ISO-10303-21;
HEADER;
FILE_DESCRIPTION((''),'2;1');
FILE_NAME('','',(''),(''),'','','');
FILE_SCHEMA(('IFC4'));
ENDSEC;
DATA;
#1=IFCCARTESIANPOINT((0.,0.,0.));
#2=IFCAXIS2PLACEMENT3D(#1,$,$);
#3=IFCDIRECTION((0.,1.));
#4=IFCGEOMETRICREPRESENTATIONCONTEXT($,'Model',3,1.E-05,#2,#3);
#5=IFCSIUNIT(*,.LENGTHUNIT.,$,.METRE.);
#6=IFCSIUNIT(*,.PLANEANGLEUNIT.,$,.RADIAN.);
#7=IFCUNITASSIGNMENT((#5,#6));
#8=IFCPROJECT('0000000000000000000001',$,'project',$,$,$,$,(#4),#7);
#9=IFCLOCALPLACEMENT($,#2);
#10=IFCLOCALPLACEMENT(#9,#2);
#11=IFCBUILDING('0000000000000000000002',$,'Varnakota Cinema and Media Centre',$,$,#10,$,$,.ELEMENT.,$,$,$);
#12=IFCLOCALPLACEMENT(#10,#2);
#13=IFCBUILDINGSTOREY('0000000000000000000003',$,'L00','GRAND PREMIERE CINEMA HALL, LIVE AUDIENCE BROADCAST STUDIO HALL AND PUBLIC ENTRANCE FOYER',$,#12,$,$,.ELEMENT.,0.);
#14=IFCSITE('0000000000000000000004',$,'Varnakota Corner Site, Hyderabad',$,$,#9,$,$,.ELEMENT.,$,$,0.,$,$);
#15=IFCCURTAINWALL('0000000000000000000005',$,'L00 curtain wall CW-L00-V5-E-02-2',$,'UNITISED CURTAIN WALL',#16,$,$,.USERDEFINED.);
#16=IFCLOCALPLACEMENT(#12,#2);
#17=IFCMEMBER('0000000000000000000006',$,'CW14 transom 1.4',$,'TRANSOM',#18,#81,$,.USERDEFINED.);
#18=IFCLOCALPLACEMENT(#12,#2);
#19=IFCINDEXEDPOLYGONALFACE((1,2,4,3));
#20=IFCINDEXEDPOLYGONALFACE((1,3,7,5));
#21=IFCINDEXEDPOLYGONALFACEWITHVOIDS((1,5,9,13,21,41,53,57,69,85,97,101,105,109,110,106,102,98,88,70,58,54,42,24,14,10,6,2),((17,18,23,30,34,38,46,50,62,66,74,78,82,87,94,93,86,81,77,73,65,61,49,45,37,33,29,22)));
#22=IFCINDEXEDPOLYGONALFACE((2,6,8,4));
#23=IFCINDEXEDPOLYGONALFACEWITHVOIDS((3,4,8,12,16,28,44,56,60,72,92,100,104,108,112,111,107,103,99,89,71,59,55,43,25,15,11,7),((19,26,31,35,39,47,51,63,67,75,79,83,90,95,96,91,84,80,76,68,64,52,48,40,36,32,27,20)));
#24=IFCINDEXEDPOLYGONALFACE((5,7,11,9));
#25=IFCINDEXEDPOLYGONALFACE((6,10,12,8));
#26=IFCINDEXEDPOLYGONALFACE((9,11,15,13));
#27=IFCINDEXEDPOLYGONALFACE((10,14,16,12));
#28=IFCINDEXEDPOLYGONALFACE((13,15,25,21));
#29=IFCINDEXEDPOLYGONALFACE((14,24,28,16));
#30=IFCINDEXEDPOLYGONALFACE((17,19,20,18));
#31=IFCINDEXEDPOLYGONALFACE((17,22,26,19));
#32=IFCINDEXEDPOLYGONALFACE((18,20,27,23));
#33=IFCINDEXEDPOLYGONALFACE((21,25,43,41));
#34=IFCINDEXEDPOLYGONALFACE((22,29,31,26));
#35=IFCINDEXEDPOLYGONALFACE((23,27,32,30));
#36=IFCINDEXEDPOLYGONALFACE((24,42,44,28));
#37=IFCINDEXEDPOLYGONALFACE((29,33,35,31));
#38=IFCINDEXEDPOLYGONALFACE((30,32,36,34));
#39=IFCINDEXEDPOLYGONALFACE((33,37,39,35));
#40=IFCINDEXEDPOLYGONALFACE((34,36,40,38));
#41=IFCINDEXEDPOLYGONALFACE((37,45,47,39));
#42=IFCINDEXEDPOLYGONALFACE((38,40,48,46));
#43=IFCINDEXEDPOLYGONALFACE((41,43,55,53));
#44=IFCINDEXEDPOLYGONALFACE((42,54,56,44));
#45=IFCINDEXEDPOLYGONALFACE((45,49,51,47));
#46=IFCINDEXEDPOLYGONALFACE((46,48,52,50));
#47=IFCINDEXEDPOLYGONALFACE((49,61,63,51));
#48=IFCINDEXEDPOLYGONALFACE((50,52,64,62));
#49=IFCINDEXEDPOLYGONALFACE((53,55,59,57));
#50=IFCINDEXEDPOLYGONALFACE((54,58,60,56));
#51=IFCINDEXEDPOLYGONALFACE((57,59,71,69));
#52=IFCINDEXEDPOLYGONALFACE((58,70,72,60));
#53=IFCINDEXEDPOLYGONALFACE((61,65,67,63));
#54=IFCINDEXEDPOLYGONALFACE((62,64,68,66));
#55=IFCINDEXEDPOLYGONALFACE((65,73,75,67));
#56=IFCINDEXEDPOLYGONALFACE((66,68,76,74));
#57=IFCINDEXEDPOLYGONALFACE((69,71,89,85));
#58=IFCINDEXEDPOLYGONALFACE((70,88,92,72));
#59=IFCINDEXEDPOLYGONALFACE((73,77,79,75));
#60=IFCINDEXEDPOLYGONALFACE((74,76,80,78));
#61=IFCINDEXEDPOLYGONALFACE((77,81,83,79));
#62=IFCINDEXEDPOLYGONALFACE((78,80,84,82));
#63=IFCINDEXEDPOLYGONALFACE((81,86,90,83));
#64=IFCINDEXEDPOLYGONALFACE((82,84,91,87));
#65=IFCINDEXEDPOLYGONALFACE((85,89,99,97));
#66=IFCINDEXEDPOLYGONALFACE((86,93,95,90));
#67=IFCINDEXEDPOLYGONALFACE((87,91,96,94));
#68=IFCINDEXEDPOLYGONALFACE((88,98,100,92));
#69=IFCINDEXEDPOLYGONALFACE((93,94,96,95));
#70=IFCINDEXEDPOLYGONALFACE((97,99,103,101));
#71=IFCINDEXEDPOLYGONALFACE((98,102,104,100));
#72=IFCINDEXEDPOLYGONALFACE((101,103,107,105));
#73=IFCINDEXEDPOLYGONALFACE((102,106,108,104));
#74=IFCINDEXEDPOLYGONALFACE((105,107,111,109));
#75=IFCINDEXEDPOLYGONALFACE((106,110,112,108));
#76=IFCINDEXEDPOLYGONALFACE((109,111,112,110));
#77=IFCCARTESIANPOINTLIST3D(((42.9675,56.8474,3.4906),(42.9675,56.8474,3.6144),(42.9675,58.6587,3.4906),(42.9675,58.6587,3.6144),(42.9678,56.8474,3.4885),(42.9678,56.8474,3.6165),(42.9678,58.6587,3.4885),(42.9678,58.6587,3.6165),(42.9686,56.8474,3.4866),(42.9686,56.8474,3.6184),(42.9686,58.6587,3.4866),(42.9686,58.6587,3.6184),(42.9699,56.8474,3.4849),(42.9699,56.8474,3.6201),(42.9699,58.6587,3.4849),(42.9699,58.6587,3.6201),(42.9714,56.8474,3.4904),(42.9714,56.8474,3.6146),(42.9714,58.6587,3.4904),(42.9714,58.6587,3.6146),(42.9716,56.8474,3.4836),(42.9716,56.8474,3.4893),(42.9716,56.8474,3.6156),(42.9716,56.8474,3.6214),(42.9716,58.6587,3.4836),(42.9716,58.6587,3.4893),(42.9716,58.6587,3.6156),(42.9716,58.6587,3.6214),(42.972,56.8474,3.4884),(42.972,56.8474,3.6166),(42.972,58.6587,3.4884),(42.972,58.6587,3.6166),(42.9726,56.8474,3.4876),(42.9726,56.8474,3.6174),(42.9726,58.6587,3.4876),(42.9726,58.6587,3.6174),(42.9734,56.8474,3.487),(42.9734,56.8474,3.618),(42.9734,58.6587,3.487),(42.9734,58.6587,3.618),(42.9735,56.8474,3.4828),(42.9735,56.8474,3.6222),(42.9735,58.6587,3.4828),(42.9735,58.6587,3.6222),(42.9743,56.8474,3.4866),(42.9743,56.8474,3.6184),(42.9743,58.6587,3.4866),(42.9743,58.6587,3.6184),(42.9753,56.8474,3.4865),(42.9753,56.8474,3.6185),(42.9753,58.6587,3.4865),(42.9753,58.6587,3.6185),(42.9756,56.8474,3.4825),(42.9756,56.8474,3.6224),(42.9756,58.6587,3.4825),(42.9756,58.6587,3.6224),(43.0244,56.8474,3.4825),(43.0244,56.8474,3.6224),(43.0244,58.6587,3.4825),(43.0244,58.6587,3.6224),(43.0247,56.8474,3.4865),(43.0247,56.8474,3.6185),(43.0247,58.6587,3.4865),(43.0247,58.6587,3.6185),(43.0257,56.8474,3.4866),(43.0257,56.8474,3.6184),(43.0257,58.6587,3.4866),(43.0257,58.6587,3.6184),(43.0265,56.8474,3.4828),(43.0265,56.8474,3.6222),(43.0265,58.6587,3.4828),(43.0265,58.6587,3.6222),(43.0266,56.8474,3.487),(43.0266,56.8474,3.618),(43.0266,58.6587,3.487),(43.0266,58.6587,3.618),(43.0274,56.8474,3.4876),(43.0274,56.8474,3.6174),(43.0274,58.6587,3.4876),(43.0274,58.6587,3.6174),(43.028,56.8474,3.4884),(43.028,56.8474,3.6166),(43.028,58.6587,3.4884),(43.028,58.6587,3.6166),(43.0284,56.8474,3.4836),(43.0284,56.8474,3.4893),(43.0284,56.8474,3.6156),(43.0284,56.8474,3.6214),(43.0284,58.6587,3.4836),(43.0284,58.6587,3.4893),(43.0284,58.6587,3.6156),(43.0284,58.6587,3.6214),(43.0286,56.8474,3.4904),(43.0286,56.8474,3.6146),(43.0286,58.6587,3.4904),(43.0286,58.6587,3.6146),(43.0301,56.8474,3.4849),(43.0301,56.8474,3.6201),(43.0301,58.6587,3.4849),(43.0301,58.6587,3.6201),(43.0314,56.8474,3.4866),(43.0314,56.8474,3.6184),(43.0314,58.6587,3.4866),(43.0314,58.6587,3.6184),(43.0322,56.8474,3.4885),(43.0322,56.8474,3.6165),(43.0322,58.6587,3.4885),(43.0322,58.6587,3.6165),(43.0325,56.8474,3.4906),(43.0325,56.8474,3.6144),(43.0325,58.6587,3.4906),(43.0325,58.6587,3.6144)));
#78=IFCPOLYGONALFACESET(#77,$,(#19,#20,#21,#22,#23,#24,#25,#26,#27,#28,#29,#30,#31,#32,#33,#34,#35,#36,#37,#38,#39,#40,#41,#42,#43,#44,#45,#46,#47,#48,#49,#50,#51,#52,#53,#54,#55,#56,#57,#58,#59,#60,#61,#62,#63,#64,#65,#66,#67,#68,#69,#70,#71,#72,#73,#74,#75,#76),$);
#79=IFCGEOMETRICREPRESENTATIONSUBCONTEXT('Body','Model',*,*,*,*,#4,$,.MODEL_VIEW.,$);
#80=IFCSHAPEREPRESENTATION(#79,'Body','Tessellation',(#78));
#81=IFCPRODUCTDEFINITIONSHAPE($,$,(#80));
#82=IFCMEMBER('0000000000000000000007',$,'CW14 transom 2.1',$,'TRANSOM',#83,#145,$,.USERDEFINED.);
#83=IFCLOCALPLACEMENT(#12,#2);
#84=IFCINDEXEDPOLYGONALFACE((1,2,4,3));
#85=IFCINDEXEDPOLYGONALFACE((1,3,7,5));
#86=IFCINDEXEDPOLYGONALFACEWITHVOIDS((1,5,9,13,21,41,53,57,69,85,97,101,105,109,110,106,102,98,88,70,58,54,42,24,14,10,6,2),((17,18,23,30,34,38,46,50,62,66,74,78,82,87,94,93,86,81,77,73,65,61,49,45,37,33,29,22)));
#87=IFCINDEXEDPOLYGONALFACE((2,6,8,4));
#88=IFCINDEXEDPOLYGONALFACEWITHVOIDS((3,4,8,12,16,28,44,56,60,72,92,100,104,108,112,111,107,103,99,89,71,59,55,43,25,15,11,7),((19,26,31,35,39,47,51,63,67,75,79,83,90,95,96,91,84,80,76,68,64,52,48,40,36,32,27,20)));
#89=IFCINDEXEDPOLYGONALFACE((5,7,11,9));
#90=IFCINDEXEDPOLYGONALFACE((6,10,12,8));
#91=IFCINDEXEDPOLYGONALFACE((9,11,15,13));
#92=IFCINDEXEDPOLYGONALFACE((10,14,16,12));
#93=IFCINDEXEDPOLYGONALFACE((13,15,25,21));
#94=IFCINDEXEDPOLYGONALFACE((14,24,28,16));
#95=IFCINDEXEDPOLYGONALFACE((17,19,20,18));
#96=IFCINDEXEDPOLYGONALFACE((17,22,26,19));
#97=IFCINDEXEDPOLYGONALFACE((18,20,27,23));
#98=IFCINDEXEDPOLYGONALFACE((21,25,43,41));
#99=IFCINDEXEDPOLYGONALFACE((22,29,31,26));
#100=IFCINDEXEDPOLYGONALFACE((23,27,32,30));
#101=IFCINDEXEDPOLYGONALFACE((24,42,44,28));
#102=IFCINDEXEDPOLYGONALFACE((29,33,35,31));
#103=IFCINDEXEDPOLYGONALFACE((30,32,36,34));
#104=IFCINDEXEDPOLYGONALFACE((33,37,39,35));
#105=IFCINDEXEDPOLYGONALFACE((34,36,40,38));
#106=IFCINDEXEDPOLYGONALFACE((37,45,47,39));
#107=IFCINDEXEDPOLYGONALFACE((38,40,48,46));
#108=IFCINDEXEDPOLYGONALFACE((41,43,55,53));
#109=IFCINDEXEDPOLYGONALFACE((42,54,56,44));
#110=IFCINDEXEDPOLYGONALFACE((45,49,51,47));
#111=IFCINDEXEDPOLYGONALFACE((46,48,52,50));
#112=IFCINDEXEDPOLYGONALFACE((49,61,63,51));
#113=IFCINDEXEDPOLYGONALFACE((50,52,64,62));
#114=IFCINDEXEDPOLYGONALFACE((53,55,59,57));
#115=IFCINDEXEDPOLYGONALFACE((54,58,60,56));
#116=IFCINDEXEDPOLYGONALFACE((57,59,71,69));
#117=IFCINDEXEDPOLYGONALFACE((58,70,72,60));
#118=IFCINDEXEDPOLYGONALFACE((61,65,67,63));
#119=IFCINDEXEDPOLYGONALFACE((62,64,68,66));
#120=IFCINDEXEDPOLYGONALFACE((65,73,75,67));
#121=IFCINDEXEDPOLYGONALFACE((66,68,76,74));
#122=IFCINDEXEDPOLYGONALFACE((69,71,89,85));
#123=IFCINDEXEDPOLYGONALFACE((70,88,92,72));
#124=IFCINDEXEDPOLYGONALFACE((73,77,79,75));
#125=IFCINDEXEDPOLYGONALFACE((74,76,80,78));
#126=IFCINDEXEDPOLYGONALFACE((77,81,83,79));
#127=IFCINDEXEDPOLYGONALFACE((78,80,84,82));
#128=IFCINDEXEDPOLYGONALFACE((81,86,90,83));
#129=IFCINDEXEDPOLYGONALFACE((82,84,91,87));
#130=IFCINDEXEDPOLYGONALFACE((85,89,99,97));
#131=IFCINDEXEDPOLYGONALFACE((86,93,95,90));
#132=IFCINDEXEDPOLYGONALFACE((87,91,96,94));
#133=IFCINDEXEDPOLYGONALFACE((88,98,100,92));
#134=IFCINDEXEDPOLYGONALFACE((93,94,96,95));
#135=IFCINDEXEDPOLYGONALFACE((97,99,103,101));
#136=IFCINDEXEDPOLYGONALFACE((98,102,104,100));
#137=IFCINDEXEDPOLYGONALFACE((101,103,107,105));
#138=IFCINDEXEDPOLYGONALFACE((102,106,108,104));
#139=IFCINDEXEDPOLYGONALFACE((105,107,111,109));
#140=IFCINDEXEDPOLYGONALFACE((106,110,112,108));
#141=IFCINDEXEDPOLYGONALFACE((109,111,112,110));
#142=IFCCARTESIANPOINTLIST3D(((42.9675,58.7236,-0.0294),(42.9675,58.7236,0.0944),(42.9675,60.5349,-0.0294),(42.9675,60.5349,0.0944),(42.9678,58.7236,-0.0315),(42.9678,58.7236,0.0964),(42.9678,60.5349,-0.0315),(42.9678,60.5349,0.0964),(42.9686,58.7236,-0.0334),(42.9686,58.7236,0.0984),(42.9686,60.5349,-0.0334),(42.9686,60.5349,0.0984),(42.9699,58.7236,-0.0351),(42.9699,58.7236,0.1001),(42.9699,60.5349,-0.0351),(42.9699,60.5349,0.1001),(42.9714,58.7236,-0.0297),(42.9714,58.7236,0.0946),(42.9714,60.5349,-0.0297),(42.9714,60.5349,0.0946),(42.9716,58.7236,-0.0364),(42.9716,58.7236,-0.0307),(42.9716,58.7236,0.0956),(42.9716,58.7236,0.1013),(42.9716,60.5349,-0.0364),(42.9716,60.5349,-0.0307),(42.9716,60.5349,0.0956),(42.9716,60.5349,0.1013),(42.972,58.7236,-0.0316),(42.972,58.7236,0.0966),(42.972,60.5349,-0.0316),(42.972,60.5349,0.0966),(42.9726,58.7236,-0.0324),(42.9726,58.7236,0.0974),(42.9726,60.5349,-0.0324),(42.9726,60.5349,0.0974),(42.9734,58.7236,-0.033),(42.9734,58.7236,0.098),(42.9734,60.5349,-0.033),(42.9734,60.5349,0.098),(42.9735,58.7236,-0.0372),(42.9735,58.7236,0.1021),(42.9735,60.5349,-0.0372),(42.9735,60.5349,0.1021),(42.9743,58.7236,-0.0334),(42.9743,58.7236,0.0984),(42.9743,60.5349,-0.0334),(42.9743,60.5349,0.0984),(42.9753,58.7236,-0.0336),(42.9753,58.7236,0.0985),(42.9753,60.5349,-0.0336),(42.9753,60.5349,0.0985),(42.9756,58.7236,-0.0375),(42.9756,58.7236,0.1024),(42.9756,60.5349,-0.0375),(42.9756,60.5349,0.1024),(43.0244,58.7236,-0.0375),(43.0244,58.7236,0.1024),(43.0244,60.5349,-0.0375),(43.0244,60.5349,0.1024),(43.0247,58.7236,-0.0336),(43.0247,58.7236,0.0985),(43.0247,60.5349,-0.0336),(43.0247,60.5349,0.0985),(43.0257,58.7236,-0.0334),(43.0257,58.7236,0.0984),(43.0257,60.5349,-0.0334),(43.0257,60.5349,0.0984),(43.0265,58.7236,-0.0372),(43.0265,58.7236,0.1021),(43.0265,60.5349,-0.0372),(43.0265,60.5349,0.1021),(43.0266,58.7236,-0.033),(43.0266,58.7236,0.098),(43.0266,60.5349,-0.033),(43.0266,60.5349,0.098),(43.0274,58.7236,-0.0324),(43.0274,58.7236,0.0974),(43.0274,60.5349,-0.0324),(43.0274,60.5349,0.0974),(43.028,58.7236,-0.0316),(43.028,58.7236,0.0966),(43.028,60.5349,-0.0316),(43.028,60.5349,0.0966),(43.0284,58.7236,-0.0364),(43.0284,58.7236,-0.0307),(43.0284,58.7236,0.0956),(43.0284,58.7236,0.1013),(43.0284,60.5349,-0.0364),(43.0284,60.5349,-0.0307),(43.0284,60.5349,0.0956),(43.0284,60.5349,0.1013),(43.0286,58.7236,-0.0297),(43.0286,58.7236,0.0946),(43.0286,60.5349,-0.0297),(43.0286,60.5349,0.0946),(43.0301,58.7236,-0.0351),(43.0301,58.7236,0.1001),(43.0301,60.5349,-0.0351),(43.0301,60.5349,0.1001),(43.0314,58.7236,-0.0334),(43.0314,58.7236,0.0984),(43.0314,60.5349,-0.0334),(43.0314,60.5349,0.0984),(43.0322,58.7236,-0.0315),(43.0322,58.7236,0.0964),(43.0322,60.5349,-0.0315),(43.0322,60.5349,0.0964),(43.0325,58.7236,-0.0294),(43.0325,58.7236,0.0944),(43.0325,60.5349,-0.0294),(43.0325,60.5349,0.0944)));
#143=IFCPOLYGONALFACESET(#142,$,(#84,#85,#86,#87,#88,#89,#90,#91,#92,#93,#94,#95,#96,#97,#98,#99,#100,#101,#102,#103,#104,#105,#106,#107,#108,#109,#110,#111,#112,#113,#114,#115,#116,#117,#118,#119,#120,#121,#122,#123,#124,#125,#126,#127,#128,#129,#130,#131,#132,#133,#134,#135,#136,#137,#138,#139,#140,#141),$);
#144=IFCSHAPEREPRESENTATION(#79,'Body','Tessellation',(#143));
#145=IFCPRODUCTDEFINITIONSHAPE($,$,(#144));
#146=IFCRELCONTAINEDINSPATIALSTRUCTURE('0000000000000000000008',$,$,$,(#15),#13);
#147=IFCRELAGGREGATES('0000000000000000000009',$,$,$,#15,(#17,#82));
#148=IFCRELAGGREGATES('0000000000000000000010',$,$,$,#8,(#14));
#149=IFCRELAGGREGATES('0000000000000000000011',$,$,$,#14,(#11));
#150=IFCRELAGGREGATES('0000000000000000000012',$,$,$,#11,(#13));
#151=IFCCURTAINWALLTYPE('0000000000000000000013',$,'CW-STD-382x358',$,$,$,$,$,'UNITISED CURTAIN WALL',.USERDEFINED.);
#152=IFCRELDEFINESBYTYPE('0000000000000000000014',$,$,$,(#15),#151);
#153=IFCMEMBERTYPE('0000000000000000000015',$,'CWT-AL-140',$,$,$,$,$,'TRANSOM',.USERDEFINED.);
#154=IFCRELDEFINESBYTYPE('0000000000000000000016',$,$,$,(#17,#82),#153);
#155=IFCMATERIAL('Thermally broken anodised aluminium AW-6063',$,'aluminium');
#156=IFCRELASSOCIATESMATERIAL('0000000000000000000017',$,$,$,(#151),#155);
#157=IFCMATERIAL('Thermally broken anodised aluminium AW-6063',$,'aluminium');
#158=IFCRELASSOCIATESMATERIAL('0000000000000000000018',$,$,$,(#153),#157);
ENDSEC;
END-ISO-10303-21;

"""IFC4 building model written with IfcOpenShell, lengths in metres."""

from ifc_helpers import new_model, si_unit, direction, frame, origin, origin_2d, place, context, subcontext, project, spatial, hollow_rectangle, extrude, material, material_profile, profile_set, type_object, element, aggregate, save


model = new_model("IFC4")

# Units and contexts
model_context = context("Model", 3, precision=1e-05, world=origin(), true_north=direction((0.0, 1.0)))
body_context = subcontext(model_context, "Body", "Model", "MODEL_VIEW")
ifc_project = project(units=[si_unit("LENGTHUNIT", "METRE"), si_unit("PLANEANGLEUNIT", "RADIAN")], contexts=[model_context])

# Site, building, storey
site_placement = place(None, origin())
site = spatial("IfcSite", under=ifc_project, at=site_placement, Name="Varnakota Corner Site, Hyderabad", CompositionType="ELEMENT", RefElevation=0.0)
building_placement = place(site_placement, origin())
building = spatial("IfcBuilding", under=site, at=building_placement, Name="Varnakota Cinema and Media Centre", CompositionType="ELEMENT")
storey_placement = place(building_placement, origin())
storey = spatial("IfcBuildingStorey", under=building, at=storey_placement, Name="L00", Description="GRAND PREMIERE CINEMA HALL, LIVE AUDIENCE BROADCAST STUDIO HALL AND PUBLIC ENTRANCE FOYER", CompositionType="ELEMENT", Elevation=0.0)

# Shared definitions
ifc_material_1 = material(Name="Thermally broken anodised aluminium AW-6063", Category="aluminium")
curtain_wall_type = type_object("IfcCurtainWallType", Name="CW-STD-382x358", ElementType="UNITISED CURTAIN WALL", PredefinedType="USERDEFINED", material=ifc_material_1)

# Curtain wall
curtain_wall_1_placement = place(storey_placement, origin())
curtain_wall_1 = element("IfcCurtainWall", 1, at=curtain_wall_1_placement, inside=storey, type_object=curtain_wall_type, Name="L00 curtain wall CW-L00-V5-E-02-2", ObjectType="UNITISED CURTAIN WALL", PredefinedType="USERDEFINED")

# Members
ifc_material_2 = material(Name="Thermally broken anodised aluminium AW-6063", Category="aluminium")
ifc_material_profile_1 = material_profile(ifc_material_2, hollow_rectangle(XDim=0.0649, YDim=0.1399, WallThickness=0.0039, InnerFilletRadius=0.0039, OuterFilletRadius=0.0081, at=origin_2d()), Name="AL-TRANSOM 140x65x4")
ifc_profile_set_1 = profile_set([ifc_material_profile_1], Name="Thermally broken anodised aluminium AW-6063")
member_type_1 = type_object("IfcMemberType", Name="CWT-AL-140", ElementType="TRANSOM", PredefinedType="USERDEFINED", material=ifc_profile_set_1)
member_1_placement = place(storey_placement, frame((43.0, 56.8474, 3.5525), z_axis=(0.0, 1.0, 0.0), x_axis=(-1.0, 0.0, 0.0)))
member_1 = element("IfcMember", 2, at=member_1_placement, type_object=member_type_1, Name="CW14 transom 1.4", ObjectType="TRANSOM", PredefinedType="USERDEFINED", context=body_context, shape_type="SweptSolid", body=[
    extrude(hollow_rectangle(XDim=0.0649, YDim=0.1399, WallThickness=0.0039, InnerFilletRadius=0.0039, OuterFilletRadius=0.0081, at=origin_2d()), origin(), (0.0, 0.0, 1.0), 1.8113),
])
member_2_placement = place(storey_placement, frame((43.0, 58.7236, 0.0325), z_axis=(0.0, 1.0, 0.0), x_axis=(-1.0, 0.0, 0.0)))
member_2 = element("IfcMember", 3, at=member_2_placement, type_object=member_type_1, Name="CW14 transom 2.1", ObjectType="TRANSOM", PredefinedType="USERDEFINED", context=body_context, shape_type="SweptSolid", body=[
    extrude(hollow_rectangle(XDim=0.0649, YDim=0.1399, WallThickness=0.0039, InnerFilletRadius=0.0039, OuterFilletRadius=0.0081, at=origin_2d()), origin(), (0.0, 0.0, 1.0), 1.8113),
])

aggregate(curtain_wall_1, [member_1, member_2])

save(model, "model.ifc")
